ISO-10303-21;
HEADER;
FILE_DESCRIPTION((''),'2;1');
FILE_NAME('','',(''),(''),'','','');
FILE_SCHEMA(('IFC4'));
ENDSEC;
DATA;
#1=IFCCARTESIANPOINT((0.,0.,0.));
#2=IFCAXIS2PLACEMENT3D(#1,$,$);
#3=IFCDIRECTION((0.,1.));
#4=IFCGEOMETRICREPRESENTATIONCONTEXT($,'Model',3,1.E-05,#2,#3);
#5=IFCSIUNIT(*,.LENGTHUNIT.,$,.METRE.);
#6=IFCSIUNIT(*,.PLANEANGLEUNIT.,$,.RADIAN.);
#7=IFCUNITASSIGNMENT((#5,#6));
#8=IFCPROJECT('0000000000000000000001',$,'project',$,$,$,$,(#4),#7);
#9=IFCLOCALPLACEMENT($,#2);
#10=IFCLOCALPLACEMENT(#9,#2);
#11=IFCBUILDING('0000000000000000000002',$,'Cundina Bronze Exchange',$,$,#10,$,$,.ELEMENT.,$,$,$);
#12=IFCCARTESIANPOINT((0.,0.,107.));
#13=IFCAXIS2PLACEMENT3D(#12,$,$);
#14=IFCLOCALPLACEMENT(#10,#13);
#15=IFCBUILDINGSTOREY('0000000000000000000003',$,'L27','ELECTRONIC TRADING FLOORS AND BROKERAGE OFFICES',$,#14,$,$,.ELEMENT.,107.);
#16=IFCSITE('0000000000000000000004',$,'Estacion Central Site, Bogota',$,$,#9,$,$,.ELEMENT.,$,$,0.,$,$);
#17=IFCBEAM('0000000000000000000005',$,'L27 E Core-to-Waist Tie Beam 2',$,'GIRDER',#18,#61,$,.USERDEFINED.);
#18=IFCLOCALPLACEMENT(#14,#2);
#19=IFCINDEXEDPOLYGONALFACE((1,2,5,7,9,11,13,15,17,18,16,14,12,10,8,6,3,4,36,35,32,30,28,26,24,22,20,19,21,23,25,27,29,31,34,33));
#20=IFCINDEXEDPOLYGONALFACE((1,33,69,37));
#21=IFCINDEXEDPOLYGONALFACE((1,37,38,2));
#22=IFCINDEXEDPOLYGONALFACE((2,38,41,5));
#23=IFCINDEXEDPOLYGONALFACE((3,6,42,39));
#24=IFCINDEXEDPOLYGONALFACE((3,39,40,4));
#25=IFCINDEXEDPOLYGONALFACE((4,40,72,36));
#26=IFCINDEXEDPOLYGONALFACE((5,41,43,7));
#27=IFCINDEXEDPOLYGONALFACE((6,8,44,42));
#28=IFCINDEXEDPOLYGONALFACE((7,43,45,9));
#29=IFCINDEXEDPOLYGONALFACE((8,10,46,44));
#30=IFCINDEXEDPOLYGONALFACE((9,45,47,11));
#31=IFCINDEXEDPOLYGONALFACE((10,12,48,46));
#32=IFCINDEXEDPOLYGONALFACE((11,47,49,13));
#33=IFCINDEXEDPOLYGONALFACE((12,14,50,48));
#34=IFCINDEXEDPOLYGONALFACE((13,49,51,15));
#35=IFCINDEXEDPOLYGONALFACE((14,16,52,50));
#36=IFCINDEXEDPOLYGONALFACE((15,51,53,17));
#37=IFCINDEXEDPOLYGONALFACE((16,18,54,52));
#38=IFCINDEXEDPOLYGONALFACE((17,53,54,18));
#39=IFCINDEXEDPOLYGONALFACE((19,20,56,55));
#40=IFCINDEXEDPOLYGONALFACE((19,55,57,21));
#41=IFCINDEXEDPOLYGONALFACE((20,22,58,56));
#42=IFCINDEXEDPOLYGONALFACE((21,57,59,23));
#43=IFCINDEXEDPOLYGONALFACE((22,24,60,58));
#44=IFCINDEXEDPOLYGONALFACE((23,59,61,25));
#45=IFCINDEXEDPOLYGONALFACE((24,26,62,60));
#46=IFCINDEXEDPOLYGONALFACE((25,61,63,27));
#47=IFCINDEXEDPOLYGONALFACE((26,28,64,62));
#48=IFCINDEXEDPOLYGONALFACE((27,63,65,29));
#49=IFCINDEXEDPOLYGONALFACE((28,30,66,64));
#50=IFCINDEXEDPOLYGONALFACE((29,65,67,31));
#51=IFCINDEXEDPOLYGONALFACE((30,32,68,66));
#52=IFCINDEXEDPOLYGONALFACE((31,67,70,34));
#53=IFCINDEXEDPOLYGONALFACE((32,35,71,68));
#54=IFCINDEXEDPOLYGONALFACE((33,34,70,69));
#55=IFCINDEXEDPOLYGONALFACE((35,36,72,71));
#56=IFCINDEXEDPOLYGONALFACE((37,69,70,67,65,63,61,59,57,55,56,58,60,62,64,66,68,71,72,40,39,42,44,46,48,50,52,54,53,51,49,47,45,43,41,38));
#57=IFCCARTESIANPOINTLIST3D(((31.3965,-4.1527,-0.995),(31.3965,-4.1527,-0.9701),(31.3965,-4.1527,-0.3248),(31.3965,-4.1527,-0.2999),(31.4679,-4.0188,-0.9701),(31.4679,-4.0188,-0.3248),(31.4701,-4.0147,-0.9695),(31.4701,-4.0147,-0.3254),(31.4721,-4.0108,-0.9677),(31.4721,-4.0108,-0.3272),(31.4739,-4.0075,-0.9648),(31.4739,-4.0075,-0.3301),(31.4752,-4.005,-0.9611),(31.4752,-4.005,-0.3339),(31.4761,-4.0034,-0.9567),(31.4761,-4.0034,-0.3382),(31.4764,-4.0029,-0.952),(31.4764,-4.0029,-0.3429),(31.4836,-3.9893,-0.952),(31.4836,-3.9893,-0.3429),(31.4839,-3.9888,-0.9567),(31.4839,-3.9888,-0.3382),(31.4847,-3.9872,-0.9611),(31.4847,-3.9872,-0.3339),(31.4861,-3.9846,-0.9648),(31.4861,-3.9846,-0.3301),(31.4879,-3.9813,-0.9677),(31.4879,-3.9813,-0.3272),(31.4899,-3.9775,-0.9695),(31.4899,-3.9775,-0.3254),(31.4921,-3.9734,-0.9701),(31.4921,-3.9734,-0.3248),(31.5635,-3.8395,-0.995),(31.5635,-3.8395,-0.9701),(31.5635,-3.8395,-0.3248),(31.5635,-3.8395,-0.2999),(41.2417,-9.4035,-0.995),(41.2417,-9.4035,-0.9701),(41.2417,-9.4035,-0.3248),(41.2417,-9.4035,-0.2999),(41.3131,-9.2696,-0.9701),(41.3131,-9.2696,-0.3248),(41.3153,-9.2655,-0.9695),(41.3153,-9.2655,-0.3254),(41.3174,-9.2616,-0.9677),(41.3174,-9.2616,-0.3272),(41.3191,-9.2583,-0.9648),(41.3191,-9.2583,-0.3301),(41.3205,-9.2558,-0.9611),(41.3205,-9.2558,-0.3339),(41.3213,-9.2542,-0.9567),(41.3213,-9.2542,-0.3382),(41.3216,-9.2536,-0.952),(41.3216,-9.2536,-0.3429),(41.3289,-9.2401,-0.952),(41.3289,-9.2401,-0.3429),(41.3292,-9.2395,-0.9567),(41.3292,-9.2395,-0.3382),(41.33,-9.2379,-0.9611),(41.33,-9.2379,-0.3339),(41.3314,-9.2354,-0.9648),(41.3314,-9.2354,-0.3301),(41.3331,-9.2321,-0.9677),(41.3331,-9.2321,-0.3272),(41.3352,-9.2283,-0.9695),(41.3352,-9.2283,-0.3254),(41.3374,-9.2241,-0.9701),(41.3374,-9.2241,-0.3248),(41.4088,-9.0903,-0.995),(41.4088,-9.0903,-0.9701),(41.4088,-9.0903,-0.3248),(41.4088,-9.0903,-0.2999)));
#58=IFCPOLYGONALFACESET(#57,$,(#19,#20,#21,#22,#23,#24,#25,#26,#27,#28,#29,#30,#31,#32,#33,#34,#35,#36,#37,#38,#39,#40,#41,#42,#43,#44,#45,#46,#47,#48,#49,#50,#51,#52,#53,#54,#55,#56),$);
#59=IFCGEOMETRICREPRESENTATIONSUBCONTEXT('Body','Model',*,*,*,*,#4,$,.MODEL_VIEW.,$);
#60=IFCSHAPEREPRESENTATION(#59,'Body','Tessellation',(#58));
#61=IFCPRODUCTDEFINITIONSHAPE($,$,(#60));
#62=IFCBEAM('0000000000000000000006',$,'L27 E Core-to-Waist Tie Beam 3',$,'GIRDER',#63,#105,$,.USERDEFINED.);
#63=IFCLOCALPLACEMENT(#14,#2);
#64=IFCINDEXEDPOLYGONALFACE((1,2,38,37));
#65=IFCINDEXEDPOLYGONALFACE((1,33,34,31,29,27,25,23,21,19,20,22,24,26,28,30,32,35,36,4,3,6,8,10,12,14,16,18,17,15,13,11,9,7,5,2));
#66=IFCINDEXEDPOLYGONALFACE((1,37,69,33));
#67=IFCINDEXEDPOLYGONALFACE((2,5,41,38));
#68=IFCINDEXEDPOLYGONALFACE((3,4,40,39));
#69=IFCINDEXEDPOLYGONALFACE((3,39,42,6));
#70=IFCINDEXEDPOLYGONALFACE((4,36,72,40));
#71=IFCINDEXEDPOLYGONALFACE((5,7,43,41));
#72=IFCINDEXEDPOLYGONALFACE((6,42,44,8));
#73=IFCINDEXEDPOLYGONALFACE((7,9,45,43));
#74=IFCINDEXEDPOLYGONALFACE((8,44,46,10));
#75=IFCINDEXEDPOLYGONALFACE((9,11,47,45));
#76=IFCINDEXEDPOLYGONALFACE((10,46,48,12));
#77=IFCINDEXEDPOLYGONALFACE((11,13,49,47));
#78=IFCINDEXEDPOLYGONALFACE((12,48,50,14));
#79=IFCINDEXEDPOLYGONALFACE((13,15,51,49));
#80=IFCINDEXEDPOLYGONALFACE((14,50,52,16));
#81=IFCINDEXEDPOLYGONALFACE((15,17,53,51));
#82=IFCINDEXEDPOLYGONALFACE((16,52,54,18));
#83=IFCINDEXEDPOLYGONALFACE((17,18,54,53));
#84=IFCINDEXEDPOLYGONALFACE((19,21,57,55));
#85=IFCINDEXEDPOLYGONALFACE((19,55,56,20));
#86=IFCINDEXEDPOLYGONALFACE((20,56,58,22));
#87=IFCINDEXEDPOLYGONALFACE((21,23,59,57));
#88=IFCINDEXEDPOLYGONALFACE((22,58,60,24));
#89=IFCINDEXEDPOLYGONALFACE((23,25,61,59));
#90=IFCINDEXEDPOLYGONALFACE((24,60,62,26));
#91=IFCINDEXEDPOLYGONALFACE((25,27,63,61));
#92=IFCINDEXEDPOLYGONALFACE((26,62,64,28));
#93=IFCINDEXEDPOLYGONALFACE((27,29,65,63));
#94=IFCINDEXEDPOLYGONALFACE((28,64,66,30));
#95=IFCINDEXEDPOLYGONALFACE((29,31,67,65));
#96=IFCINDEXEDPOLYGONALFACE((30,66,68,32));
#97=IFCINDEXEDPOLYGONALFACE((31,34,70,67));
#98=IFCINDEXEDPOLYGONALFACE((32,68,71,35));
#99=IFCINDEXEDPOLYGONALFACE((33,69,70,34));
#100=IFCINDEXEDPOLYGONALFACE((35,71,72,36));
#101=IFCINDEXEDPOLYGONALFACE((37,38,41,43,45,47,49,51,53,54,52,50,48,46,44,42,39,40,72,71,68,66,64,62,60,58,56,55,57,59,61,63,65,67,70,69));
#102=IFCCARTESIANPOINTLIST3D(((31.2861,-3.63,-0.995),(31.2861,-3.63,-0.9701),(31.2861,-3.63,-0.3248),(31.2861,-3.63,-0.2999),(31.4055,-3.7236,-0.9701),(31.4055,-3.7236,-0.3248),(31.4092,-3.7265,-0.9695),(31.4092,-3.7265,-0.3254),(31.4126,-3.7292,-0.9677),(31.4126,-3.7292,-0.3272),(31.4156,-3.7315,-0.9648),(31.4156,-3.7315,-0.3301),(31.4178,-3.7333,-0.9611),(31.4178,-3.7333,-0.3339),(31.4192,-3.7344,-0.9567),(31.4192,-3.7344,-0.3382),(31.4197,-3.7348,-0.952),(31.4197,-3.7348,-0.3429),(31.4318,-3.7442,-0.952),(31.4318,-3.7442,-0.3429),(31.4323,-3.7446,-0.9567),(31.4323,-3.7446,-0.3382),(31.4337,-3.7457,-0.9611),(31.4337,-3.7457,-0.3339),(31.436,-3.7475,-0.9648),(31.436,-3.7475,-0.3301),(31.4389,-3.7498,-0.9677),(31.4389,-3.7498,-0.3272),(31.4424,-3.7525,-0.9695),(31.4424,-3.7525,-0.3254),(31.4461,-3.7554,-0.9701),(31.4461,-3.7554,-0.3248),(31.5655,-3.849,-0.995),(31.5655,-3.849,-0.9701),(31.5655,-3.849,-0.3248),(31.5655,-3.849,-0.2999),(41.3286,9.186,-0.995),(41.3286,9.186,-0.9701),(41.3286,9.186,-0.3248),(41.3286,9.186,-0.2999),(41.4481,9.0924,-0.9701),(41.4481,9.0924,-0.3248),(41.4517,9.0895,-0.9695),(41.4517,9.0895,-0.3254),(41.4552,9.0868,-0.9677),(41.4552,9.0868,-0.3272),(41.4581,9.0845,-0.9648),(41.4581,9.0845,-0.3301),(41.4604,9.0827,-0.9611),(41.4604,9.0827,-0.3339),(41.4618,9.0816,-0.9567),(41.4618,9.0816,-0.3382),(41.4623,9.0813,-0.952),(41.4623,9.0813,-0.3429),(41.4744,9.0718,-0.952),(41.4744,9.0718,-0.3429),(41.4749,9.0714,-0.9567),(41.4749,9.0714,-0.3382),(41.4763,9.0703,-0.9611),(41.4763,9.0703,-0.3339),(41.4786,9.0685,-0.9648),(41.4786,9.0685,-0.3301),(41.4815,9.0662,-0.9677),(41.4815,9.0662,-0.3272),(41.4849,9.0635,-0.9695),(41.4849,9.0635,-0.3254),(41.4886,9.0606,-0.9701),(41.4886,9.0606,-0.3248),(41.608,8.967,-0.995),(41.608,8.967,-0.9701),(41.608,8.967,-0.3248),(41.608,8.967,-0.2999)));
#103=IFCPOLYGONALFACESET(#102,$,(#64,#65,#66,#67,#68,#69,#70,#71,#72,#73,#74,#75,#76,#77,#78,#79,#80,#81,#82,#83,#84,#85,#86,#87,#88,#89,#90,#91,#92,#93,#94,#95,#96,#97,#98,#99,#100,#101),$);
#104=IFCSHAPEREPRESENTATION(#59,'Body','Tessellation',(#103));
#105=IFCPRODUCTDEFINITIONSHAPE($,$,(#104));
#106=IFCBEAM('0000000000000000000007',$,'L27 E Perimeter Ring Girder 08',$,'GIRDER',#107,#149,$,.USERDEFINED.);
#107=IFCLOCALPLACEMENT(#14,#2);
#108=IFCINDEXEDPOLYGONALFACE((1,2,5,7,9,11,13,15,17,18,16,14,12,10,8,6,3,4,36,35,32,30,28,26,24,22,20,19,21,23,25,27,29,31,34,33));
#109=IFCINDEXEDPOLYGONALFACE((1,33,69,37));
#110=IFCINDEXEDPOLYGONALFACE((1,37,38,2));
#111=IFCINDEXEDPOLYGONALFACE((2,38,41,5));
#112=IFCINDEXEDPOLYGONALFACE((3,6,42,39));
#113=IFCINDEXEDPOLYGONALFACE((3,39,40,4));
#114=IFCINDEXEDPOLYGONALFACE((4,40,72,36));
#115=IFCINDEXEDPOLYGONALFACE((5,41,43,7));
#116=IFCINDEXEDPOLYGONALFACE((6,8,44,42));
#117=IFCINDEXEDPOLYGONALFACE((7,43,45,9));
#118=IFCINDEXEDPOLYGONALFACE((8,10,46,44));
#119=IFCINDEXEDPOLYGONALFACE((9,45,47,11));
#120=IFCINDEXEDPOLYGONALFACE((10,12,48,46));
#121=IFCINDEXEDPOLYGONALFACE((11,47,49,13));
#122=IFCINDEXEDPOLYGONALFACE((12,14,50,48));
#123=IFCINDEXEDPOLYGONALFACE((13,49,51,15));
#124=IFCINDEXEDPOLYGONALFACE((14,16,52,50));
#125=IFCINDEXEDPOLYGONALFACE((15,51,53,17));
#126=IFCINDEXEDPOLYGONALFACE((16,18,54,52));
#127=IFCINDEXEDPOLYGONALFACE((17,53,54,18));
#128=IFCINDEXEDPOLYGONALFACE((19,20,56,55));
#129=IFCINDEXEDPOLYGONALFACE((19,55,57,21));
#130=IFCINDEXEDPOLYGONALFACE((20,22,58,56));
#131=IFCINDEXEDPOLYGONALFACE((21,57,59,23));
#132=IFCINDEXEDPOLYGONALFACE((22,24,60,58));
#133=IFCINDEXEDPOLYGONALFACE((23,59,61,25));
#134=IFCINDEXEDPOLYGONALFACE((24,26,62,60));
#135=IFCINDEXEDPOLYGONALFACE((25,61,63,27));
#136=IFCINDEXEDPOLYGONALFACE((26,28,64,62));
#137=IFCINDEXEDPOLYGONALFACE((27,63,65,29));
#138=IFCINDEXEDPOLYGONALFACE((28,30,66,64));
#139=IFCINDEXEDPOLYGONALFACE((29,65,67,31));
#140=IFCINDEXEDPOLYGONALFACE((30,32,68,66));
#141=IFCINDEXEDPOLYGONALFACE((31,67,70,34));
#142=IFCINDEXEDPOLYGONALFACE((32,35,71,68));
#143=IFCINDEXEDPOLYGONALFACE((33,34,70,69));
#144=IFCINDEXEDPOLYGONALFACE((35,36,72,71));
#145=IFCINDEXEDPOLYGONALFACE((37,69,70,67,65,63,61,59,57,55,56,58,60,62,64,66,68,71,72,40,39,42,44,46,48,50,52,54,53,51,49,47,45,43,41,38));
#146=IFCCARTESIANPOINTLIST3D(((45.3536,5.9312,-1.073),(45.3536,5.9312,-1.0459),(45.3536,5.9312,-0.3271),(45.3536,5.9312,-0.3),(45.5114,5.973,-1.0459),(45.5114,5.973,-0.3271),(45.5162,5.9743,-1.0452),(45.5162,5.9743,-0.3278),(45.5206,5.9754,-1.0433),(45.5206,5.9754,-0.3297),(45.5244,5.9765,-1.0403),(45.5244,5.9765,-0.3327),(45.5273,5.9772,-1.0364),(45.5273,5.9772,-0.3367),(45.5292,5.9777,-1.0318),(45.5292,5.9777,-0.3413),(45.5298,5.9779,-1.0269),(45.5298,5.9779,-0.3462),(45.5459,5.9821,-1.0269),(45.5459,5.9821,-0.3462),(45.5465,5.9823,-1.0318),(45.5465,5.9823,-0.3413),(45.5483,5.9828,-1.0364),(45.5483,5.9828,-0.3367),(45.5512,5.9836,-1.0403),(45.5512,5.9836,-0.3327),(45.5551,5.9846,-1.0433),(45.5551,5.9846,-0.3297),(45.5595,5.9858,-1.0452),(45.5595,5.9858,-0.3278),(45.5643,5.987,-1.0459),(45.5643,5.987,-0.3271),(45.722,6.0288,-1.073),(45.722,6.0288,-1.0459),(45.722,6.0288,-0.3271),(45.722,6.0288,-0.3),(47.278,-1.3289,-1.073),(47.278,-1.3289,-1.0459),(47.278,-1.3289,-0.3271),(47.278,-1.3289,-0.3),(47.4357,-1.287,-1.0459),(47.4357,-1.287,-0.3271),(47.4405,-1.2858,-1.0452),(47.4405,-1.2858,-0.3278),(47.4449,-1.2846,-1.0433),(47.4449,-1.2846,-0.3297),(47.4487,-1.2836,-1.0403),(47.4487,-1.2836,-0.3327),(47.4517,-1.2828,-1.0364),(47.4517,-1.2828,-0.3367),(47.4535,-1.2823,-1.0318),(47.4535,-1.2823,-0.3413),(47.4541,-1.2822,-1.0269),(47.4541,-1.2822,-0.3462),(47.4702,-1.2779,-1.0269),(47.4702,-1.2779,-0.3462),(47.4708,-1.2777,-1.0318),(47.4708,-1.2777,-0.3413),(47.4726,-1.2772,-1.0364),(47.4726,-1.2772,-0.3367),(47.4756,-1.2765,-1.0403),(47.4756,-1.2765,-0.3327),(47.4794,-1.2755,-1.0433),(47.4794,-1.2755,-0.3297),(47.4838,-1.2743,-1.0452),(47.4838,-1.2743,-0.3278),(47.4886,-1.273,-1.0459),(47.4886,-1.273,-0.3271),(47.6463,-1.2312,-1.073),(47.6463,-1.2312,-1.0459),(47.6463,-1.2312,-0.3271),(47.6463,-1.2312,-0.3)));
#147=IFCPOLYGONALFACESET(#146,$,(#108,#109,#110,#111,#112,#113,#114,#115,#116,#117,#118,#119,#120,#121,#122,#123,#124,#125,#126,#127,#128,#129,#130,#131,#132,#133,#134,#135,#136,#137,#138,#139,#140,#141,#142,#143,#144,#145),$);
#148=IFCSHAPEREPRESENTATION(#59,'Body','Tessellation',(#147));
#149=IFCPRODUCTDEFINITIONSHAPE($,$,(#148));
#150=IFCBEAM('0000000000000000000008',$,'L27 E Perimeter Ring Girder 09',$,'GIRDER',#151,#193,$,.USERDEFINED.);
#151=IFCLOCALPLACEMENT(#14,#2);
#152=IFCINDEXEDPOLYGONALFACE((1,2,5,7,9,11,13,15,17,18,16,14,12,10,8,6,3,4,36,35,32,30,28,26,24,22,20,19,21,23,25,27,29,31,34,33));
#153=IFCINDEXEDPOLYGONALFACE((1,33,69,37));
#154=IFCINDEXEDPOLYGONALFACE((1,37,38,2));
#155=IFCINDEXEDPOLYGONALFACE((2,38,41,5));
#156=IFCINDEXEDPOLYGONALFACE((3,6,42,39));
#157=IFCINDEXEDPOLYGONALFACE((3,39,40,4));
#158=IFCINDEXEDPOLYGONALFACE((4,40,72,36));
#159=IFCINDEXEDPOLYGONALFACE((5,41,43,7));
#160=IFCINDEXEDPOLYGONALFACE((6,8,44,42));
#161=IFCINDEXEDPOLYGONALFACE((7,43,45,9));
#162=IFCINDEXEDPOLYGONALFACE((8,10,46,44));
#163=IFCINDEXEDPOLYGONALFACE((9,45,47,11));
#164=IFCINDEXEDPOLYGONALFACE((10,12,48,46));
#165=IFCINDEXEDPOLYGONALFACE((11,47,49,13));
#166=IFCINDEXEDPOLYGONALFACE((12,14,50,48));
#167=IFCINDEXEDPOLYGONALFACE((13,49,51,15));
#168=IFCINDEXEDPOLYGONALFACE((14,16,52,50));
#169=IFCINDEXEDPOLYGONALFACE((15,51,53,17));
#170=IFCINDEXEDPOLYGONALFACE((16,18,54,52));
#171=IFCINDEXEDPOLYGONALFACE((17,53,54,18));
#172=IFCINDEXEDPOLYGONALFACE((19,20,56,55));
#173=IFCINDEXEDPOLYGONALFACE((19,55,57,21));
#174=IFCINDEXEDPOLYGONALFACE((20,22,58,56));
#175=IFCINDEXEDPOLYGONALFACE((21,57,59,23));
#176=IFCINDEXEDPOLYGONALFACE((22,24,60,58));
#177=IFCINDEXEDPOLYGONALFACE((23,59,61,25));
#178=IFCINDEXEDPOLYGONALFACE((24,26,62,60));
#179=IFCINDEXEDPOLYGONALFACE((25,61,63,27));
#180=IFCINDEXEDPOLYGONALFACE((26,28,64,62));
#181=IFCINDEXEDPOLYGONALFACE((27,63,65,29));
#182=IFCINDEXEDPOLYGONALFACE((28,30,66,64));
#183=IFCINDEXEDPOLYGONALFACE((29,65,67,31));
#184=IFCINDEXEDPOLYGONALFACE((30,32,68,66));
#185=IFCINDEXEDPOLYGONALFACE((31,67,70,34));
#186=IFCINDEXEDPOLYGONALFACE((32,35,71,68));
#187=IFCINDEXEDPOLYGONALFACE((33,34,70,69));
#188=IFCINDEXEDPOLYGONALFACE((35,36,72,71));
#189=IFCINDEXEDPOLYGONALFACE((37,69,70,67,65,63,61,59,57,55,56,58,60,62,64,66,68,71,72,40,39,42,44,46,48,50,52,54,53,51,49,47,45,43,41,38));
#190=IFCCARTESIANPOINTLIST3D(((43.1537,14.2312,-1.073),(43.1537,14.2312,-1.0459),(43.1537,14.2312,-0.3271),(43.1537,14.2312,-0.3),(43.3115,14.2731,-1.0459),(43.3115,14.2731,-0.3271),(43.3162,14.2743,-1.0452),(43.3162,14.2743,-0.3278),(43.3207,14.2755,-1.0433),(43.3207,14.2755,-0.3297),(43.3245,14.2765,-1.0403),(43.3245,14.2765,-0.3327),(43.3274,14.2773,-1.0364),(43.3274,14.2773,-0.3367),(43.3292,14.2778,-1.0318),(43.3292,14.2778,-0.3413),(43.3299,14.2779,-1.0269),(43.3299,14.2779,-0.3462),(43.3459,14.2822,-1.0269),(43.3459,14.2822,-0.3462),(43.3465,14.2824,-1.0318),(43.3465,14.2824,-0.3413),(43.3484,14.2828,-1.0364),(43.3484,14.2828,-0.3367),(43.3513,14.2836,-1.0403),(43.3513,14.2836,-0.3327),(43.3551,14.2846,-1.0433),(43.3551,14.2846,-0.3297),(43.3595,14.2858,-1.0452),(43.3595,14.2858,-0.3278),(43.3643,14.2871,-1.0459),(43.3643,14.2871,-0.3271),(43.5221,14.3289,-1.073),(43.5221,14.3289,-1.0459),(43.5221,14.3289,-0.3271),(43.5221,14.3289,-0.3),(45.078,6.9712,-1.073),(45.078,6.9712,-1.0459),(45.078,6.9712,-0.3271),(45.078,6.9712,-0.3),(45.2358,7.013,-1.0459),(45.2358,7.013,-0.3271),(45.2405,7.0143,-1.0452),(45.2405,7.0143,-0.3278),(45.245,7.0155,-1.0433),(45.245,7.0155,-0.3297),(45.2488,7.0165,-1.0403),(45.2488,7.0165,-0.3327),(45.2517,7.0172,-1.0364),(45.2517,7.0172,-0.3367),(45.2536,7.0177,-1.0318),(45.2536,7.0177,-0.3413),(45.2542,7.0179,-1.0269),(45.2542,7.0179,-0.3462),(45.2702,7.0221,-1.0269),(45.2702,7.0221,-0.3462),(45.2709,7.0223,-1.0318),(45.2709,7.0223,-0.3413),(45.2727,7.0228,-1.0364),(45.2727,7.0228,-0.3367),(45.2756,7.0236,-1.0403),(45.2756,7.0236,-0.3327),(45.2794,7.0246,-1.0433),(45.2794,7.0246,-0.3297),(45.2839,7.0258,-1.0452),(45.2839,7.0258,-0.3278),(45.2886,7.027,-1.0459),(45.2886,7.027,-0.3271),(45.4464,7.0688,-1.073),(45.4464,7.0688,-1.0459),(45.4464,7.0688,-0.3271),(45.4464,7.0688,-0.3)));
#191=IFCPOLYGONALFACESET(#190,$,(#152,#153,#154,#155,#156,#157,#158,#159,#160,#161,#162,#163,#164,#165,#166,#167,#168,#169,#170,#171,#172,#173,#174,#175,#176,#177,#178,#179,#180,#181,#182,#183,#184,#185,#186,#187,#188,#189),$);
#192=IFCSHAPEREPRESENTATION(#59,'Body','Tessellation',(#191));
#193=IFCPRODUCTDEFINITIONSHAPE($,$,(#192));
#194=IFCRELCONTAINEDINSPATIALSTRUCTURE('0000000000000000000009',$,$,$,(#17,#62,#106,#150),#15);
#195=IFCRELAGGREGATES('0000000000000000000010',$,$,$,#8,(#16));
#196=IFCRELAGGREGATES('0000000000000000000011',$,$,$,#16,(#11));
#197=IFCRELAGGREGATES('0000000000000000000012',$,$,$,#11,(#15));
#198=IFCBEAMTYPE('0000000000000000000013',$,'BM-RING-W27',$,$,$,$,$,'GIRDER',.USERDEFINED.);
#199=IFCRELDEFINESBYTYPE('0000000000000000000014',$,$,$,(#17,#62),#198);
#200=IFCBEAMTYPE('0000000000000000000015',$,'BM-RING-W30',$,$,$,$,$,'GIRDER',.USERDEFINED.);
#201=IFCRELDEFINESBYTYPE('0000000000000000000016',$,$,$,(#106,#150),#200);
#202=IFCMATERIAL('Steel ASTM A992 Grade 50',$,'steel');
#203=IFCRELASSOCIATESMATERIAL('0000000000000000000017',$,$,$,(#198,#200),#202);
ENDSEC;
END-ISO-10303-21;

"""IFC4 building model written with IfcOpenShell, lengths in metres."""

from ifc_helpers import new_model, si_unit, direction, frame, origin, origin_2d, place, context, subcontext, project, spatial, i_section, extrude, material, material_profile, profile_set, type_object, element, save


model = new_model("IFC4")

# Units and contexts
model_context = context("Model", 3, precision=1e-05, world=origin(), true_north=direction((0.0, 1.0)))
body_context = subcontext(model_context, "Body", "Model", "MODEL_VIEW")
ifc_project = project(units=[si_unit("LENGTHUNIT", "METRE"), si_unit("PLANEANGLEUNIT", "RADIAN")], contexts=[model_context])

# Site, building, storey
site_placement = place(None, origin())
site = spatial("IfcSite", under=ifc_project, at=site_placement, Name="Estacion Central Site, Bogota", CompositionType="ELEMENT", RefElevation=0.0)
building_placement = place(site_placement, origin())
building = spatial("IfcBuilding", under=site, at=building_placement, Name="Cundina Bronze Exchange", CompositionType="ELEMENT")
storey_placement = place(building_placement, frame((0.0, 0.0, 107.0)))
storey = spatial("IfcBuildingStorey", under=building, at=storey_placement, Name="L27", Description="ELECTRONIC TRADING FLOORS AND BROKERAGE OFFICES", CompositionType="ELEMENT", Elevation=107.0)

# Shared definitions
ifc_material_1 = material(Name="Steel ASTM A992 Grade 50", Category="steel")

# Beams
ifc_material_profile_1 = material_profile(ifc_material_1, i_section(OverallWidth=0.355, OverallDepth=0.6951, WebThickness=0.0154, FlangeThickness=0.0249, FilletRadius=0.0181, at=origin_2d()), Name="W27X146", Category="steel")
ifc_profile_set_1 = profile_set([ifc_material_profile_1], Name="Steel ASTM A992 Grade 50")
beam_type_1 = type_object("IfcBeamType", Name="BM-RING-W27", ElementType="GIRDER", PredefinedType="USERDEFINED", material=ifc_profile_set_1)
beam_1_placement = place(storey_placement, frame((31.48, -3.9961, -0.6475), z_axis=(0.882355, -0.470585, 0.0), x_axis=(0.470585, 0.882355, 0.0)))
element("IfcBeam", 1, at=beam_1_placement, inside=storey, type_object=beam_type_1, Name="L27 E Core-to-Waist Tie Beam 2", ObjectType="GIRDER", PredefinedType="USERDEFINED", context=body_context, shape_type="SweptSolid", body=[
    extrude(i_section(OverallWidth=0.355, OverallDepth=0.6951, WebThickness=0.0154, FlangeThickness=0.0249, FilletRadius=0.0181, at=origin_2d()), origin(), (0.0, 0.0, 1.0), 11.158),
])
beam_2_placement = place(storey_placement, frame((31.4258, -3.7395, -0.6475), z_axis=(0.616789, 0.787128, 0.0), x_axis=(-0.787128, 0.616789, 0.0)))
element("IfcBeam", 2, at=beam_2_placement, inside=storey, type_object=beam_type_1, Name="L27 E Core-to-Waist Tie Beam 3", ObjectType="GIRDER", PredefinedType="USERDEFINED", context=body_context, shape_type="SweptSolid", body=[
    extrude(i_section(OverallWidth=0.355, OverallDepth=0.6951, WebThickness=0.0154, FlangeThickness=0.0249, FilletRadius=0.0181, at=origin_2d()), origin(), (0.0, 0.0, 1.0), 16.282),
])
ifc_material_profile_2 = material_profile(ifc_material_1, i_section(OverallWidth=0.3811, OverallDepth=0.7729, WebThickness=0.0166, FlangeThickness=0.0271, FilletRadius=0.019, at=origin_2d()), Name="W30X173", Category="steel")
ifc_profile_set_2 = profile_set([ifc_material_profile_2], Name="Steel ASTM A992 Grade 50")
beam_type_2 = type_object("IfcBeamType", Name="BM-RING-W30", ElementType="GIRDER", PredefinedType="USERDEFINED", material=ifc_profile_set_2)
for number, where, z_axis, x_axis, name in (
    (3, (47.4622, -1.28, -0.6865), (-0.25621, 0.966621, 0.0), (-0.966621, -0.25621, 0.0), "L27 E Perimeter Ring Girder 08"),
    (4, (45.2622, 7.02, -0.6865), (-0.25621, 0.966621, 0.0), (-0.966621, -0.25621, 0.0), "L27 E Perimeter Ring Girder 09"),
):
    element("IfcBeam", number, at=place(storey_placement, frame(where, z_axis=z_axis, x_axis=x_axis)), inside=storey, type_object=beam_type_2, Name=name, ObjectType="GIRDER", PredefinedType="USERDEFINED", context=body_context, shape_type="SweptSolid", body=[
        extrude(i_section(OverallWidth=0.3811, OverallDepth=0.7729, WebThickness=0.0166, FlangeThickness=0.0271, FilletRadius=0.019, at=origin_2d()), origin(), (0.0, 0.0, 1.0), 7.5107),
    ])

save(model, "model.ifc")
